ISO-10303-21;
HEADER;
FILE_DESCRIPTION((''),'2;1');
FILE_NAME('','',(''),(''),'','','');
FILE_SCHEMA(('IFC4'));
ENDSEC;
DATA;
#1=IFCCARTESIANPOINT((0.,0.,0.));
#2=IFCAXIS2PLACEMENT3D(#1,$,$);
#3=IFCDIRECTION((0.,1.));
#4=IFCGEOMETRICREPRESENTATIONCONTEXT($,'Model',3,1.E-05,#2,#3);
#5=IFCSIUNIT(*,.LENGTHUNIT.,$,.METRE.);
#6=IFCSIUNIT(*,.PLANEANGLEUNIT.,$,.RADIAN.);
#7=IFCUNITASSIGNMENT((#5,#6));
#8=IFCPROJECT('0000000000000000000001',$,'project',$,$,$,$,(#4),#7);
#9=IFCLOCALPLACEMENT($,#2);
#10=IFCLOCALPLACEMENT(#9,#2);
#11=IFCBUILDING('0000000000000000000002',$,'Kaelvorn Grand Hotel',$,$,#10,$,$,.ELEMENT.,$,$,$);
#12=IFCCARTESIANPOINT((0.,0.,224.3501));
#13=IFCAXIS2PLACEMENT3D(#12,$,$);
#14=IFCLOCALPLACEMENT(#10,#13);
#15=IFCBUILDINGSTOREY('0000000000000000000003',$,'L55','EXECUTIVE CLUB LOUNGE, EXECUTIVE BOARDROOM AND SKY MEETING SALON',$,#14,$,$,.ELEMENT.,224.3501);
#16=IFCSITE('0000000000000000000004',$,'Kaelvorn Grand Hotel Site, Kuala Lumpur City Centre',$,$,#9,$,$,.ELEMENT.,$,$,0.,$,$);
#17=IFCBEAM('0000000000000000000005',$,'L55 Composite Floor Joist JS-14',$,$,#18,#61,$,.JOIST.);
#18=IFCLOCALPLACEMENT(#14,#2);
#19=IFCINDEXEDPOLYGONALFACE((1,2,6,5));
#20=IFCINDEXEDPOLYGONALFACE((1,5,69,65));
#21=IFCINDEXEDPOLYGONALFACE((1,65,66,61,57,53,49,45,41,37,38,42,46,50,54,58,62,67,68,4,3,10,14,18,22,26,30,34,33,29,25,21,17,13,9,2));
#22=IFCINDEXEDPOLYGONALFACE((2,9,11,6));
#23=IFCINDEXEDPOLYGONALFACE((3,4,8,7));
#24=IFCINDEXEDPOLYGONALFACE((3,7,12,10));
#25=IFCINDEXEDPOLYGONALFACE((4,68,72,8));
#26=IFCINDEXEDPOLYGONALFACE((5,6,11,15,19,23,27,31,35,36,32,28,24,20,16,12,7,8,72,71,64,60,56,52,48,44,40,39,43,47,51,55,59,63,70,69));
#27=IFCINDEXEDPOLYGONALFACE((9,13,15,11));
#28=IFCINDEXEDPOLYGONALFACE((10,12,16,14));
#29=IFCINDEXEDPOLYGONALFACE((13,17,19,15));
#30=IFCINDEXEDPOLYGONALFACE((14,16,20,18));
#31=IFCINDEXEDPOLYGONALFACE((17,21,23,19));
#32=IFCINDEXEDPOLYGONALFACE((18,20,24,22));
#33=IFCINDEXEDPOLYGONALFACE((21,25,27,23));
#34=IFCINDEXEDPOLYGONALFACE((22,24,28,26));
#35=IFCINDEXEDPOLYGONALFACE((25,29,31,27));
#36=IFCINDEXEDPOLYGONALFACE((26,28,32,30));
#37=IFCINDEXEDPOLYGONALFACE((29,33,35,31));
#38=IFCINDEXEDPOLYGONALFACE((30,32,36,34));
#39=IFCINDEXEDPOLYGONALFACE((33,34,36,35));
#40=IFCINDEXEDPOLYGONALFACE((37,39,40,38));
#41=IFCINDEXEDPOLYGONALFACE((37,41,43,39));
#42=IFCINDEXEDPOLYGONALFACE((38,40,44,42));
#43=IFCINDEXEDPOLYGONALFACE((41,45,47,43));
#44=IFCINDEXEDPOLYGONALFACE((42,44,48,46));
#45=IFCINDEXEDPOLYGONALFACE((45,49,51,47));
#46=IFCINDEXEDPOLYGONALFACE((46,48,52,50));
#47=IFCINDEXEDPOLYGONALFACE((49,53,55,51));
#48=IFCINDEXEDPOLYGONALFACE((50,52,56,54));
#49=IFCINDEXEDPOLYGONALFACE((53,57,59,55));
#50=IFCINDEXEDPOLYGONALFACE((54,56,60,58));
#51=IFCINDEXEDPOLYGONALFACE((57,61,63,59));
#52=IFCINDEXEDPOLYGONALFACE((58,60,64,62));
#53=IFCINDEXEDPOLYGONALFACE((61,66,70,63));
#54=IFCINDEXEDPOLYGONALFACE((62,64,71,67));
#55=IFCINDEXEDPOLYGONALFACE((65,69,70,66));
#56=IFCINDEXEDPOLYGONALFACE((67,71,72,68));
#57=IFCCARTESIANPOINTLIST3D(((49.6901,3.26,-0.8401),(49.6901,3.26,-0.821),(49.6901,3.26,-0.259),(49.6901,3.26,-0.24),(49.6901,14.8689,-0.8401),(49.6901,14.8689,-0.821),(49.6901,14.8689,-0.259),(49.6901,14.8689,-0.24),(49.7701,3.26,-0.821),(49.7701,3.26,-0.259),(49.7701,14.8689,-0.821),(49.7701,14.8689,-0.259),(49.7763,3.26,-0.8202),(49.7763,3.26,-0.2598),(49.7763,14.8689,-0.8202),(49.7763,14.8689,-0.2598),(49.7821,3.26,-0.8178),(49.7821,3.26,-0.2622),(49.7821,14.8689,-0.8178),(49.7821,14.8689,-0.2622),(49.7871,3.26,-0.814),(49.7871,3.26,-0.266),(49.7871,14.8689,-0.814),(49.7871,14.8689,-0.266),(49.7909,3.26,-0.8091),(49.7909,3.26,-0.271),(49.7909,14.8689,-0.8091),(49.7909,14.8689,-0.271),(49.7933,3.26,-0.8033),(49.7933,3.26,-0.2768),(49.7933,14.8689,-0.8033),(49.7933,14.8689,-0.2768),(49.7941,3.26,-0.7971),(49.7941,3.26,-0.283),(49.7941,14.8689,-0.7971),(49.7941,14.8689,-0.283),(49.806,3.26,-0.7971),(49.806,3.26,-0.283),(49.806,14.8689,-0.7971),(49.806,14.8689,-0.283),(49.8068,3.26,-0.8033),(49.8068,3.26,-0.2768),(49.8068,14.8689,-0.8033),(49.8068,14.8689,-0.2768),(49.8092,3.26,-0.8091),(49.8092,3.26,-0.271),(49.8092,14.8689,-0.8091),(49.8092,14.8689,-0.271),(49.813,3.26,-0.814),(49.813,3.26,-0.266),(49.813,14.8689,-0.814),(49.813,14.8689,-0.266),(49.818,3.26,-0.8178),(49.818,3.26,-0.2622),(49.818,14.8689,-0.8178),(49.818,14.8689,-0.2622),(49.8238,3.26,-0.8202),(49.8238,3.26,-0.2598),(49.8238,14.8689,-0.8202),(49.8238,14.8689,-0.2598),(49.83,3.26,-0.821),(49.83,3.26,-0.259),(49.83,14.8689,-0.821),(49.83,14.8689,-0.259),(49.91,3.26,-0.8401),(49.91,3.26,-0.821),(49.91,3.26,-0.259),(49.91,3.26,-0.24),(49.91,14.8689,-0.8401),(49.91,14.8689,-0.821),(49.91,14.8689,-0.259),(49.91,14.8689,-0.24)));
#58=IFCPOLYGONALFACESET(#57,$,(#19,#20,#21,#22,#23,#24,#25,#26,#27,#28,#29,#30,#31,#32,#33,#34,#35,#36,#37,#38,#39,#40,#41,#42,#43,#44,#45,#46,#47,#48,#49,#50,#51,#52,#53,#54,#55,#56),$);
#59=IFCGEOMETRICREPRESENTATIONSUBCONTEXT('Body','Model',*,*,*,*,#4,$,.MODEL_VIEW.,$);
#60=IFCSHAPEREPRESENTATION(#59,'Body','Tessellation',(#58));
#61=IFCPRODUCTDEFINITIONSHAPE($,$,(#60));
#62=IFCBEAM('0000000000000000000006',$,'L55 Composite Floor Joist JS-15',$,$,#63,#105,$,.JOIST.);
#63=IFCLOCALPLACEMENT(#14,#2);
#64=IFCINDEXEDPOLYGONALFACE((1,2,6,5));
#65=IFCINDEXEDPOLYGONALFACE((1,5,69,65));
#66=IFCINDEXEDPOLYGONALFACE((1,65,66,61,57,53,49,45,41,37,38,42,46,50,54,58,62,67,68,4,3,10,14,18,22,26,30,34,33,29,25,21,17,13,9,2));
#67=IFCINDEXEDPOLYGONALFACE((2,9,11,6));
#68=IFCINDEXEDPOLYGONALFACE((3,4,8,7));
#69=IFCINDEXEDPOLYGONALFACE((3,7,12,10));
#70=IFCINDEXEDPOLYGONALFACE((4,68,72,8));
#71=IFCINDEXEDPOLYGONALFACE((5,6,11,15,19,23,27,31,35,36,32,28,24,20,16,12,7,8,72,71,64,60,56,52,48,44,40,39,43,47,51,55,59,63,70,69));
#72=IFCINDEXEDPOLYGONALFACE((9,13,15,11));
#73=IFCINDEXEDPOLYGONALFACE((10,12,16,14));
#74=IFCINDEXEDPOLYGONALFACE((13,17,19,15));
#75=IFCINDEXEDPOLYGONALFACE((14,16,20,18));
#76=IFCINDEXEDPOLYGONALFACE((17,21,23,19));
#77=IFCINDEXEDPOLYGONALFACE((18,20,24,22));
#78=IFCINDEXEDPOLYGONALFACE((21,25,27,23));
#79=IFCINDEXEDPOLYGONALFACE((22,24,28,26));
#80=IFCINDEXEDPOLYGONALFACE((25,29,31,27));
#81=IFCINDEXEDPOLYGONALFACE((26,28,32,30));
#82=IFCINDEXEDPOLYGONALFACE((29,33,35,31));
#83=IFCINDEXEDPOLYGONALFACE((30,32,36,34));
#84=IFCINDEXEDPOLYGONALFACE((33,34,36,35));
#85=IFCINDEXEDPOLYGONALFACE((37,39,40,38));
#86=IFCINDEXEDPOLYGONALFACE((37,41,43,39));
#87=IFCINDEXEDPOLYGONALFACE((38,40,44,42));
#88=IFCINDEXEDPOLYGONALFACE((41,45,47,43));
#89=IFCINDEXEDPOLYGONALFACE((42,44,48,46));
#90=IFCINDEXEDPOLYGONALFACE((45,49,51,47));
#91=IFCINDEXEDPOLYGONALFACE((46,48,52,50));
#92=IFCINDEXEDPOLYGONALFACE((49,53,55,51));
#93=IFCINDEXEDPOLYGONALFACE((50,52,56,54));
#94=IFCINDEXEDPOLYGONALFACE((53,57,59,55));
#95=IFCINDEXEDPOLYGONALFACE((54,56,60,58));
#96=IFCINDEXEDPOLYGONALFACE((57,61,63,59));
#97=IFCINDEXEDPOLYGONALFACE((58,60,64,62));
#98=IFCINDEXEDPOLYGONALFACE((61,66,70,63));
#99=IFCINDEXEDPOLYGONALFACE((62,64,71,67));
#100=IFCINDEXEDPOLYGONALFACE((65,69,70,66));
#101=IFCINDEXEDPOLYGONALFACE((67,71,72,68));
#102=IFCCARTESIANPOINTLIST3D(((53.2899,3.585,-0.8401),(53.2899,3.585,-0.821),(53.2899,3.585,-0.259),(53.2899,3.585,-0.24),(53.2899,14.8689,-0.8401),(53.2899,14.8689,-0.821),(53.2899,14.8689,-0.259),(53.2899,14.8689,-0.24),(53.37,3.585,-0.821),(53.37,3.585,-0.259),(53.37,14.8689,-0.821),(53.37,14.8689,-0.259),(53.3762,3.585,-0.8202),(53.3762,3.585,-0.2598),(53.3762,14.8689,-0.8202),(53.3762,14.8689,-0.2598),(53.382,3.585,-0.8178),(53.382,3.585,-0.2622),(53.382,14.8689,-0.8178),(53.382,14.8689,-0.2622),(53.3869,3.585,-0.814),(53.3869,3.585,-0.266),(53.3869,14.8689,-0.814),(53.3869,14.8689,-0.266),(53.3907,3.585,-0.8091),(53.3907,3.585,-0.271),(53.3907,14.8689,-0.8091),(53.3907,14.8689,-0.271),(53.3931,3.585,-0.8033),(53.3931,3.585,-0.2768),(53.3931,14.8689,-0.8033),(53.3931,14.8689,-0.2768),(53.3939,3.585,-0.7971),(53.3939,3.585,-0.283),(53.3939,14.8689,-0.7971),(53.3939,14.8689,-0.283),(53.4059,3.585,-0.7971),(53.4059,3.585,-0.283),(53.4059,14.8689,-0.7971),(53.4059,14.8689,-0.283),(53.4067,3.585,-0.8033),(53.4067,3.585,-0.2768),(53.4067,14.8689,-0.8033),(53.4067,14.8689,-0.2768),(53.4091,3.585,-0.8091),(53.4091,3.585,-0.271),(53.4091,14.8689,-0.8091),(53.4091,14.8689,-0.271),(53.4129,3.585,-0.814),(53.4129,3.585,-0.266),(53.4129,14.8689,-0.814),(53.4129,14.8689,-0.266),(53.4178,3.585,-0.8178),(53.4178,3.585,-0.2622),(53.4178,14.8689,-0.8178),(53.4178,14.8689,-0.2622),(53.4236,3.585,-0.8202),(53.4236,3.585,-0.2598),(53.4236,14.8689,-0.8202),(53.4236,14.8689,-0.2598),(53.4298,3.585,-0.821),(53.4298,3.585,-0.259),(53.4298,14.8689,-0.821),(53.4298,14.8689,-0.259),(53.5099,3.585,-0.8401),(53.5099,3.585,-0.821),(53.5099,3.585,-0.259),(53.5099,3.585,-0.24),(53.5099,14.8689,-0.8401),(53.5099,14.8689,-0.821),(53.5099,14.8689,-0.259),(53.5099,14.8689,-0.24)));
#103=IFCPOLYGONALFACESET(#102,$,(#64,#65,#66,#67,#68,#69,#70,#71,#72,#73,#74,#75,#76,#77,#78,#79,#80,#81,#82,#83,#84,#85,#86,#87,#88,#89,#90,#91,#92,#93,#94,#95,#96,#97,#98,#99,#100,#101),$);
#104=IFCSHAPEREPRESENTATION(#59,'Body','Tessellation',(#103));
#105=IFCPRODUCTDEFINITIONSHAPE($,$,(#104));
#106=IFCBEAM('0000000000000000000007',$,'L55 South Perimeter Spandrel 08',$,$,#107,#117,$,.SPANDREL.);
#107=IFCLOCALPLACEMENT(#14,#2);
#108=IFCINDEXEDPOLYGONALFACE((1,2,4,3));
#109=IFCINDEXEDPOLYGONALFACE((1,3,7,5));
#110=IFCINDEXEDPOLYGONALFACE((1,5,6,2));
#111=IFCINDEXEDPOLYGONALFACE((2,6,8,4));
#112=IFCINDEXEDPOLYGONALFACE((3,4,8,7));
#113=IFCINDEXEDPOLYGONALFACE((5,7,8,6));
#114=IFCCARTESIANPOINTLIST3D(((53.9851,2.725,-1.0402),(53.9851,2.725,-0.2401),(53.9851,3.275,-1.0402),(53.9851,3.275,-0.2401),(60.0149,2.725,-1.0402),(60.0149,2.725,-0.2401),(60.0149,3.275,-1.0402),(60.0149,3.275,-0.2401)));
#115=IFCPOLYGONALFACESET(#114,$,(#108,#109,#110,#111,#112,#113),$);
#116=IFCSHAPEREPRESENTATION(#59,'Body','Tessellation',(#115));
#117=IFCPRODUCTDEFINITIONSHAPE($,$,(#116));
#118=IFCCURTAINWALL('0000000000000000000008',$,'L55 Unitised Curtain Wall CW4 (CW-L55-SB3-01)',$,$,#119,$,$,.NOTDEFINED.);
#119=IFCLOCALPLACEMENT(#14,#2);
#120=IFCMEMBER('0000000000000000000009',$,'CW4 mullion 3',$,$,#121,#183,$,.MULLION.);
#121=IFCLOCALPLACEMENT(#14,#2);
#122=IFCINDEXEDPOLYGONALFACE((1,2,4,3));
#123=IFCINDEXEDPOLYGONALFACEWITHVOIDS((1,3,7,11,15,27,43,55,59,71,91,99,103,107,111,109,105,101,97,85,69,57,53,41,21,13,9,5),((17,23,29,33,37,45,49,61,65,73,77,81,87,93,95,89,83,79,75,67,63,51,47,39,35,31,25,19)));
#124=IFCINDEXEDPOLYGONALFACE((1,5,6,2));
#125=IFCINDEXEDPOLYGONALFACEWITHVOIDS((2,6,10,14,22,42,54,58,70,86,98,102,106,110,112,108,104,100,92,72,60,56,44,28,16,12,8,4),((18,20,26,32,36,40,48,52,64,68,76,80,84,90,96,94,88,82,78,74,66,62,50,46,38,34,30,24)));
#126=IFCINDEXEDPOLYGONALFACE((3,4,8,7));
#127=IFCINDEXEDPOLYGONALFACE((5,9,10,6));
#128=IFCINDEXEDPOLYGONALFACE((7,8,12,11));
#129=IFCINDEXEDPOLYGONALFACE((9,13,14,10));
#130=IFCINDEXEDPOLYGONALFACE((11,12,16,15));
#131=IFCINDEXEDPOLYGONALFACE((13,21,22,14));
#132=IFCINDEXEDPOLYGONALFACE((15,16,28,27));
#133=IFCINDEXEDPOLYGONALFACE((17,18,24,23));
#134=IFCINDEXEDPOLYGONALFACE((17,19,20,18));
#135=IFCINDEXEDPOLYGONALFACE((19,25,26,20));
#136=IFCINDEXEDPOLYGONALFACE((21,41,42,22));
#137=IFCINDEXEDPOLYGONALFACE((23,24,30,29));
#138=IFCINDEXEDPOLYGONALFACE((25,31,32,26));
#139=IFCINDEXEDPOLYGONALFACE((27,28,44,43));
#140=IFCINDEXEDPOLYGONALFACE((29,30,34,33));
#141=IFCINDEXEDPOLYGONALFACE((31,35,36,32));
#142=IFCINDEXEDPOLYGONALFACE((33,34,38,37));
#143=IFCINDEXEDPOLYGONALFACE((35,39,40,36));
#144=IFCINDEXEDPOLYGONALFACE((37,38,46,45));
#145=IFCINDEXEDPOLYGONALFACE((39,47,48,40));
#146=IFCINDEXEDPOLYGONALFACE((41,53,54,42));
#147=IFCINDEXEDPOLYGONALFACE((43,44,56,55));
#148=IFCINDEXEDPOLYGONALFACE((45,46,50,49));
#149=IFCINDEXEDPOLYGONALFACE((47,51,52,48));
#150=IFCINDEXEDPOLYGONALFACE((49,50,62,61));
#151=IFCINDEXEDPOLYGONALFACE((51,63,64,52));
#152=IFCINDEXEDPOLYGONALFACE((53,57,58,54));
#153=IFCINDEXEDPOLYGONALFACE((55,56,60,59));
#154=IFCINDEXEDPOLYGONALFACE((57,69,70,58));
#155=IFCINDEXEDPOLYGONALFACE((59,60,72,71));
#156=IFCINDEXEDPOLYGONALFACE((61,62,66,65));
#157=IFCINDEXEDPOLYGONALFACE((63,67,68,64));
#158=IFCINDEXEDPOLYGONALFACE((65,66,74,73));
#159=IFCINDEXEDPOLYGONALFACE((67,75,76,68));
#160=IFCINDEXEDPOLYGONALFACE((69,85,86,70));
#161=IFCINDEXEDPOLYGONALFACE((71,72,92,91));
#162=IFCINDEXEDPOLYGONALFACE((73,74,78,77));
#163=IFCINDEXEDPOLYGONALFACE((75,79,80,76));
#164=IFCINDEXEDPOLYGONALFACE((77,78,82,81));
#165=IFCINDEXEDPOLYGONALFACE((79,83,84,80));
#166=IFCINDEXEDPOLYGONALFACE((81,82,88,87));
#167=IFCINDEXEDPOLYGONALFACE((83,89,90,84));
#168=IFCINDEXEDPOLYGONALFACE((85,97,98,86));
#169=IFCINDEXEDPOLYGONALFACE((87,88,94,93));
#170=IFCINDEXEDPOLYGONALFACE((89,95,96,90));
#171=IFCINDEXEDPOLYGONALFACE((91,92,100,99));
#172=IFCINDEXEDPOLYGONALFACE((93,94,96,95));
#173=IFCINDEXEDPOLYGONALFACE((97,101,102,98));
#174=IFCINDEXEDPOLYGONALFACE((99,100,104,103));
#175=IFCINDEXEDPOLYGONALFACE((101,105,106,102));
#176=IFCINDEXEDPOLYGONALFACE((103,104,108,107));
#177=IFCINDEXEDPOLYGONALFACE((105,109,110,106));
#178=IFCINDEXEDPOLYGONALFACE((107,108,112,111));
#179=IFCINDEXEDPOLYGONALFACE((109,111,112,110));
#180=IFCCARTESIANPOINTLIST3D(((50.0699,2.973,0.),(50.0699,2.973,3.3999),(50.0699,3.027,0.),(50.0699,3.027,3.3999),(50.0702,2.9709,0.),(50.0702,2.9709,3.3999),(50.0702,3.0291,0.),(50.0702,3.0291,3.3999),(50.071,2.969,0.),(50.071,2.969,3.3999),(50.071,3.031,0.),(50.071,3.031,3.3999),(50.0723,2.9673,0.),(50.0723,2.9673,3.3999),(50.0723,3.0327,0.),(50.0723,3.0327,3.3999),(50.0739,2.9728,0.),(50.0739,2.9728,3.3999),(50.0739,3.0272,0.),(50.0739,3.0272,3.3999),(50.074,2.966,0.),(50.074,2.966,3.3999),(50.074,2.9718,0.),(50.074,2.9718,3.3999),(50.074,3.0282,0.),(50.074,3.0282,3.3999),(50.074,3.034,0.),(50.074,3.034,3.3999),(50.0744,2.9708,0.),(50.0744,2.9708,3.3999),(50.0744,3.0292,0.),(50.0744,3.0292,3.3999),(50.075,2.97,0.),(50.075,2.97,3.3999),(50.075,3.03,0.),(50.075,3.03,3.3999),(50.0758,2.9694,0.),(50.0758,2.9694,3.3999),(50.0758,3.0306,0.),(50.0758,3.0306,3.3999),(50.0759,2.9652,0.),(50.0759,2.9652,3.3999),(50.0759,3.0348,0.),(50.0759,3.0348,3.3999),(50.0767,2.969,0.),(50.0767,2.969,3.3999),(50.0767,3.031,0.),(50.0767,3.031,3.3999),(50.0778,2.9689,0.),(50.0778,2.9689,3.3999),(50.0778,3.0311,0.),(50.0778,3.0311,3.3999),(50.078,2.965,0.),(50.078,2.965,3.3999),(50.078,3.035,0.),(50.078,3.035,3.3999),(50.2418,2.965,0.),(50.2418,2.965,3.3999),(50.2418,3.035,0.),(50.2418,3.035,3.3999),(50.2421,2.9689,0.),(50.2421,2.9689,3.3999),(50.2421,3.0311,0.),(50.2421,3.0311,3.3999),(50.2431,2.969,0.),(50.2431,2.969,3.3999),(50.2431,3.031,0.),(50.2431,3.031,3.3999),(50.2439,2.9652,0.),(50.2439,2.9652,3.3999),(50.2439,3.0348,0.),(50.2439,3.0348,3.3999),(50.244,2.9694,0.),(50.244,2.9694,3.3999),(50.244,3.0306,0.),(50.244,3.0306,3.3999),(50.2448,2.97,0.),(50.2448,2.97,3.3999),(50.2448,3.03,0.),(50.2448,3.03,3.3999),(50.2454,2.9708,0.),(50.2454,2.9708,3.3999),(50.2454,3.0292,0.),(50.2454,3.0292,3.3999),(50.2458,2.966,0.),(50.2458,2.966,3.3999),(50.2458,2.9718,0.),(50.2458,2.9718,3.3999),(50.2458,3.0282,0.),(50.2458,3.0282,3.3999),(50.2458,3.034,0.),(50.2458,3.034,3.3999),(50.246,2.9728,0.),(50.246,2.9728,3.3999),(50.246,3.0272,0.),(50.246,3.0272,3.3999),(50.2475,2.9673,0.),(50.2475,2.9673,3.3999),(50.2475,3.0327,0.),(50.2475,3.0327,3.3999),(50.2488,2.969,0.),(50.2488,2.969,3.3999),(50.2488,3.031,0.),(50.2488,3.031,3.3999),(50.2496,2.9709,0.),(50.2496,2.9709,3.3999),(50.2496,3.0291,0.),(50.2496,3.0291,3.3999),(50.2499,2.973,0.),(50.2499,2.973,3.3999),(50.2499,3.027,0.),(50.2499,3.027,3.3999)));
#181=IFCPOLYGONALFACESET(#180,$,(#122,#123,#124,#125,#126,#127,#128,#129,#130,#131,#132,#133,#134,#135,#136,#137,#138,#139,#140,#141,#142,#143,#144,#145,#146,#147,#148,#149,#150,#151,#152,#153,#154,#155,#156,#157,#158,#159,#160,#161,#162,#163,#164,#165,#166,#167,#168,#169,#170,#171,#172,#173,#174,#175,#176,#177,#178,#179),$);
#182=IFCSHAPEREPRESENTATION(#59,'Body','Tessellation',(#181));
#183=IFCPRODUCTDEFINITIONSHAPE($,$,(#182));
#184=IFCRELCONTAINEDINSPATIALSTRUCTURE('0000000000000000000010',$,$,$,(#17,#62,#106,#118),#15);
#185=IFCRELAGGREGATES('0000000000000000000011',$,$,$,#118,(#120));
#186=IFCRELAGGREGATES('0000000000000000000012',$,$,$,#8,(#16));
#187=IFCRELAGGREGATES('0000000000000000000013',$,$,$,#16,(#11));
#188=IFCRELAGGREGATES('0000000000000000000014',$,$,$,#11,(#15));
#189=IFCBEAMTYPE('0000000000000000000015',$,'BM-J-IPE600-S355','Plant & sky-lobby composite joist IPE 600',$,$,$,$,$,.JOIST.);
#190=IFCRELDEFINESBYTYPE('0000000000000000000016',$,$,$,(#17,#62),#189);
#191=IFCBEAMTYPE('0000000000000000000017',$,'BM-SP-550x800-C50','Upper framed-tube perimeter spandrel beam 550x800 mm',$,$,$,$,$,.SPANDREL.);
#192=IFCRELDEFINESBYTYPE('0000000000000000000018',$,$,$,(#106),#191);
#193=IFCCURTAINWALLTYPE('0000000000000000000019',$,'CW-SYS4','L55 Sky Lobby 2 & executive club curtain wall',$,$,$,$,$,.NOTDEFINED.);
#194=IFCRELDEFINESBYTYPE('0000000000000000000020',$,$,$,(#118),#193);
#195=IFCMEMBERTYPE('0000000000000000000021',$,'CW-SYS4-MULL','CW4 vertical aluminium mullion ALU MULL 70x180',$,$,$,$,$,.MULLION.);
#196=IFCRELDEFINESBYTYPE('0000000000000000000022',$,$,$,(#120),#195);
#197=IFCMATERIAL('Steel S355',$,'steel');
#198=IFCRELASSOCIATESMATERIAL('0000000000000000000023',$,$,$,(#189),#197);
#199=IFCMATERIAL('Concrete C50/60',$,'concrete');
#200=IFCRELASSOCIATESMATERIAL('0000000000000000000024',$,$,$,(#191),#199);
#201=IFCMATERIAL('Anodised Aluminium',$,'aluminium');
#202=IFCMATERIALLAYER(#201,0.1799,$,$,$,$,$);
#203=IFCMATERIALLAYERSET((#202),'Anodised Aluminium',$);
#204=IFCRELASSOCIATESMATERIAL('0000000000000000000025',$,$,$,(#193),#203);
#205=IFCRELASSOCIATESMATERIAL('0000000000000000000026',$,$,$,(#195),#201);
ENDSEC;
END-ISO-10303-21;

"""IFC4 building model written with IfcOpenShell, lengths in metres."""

from ifc_helpers import new_model, si_unit, direction, frame, origin, origin_2d, place, context, subcontext, project, spatial, rectangle, hollow_rectangle, i_section, extrude, material, layer, layer_set, material_profile, profile_set, type_object, element, aggregate, save


model = new_model("IFC4")

# Units and contexts
model_context = context("Model", 3, precision=1e-05, world=origin(), true_north=direction((0.0, 1.0)))
body_context = subcontext(model_context, "Body", "Model", "MODEL_VIEW")
ifc_project = project(units=[si_unit("LENGTHUNIT", "METRE"), si_unit("PLANEANGLEUNIT", "RADIAN")], contexts=[model_context])

# Site, building, storey
site_placement = place(None, origin())
site = spatial("IfcSite", under=ifc_project, at=site_placement, Name="Kaelvorn Grand Hotel Site, Kuala Lumpur City Centre", CompositionType="ELEMENT", RefElevation=0.0)
building_placement = place(site_placement, origin())
building = spatial("IfcBuilding", under=site, at=building_placement, Name="Kaelvorn Grand Hotel", CompositionType="ELEMENT")
storey_placement = place(building_placement, frame((0.0, 0.0, 224.3501)))
storey = spatial("IfcBuildingStorey", under=building, at=storey_placement, Name="L55", Description="EXECUTIVE CLUB LOUNGE, EXECUTIVE BOARDROOM AND SKY MEETING SALON", CompositionType="ELEMENT", Elevation=224.3501)

# Beams
ifc_material_1 = material(Name="Steel S355", Category="steel")
ifc_material_profile_1 = material_profile(ifc_material_1, i_section(OverallWidth=0.22, OverallDepth=0.6001, WebThickness=0.012, FlangeThickness=0.019, FilletRadius=0.0239, at=origin_2d()), Name="IPE 600")
ifc_profile_set_1 = profile_set([ifc_material_profile_1], Name="Steel S355")
beam_type_1 = type_object("IfcBeamType", Name="BM-J-IPE600-S355", Description="Plant & sky-lobby composite joist IPE 600", PredefinedType="JOIST", material=ifc_profile_set_1)
beam_1_placement = place(storey_placement, frame((49.8, 3.26, -0.54), z_axis=(0.0, 1.0, 0.0), x_axis=(-1.0, 0.0, 0.0)))
element("IfcBeam", 1, at=beam_1_placement, inside=storey, type_object=beam_type_1, Name="L55 Composite Floor Joist JS-14", PredefinedType="JOIST", context=body_context, shape_type="SweptSolid", body=[
    extrude(i_section(OverallWidth=0.22, OverallDepth=0.6001, WebThickness=0.012, FlangeThickness=0.019, FilletRadius=0.0239, at=origin_2d()), origin(), (0.0, 0.0, 1.0), 11.6089),
])
beam_2_placement = place(storey_placement, frame((53.3999, 3.585, -0.54), z_axis=(0.0, 1.0, 0.0), x_axis=(-1.0, 0.0, 0.0)))
element("IfcBeam", 2, at=beam_2_placement, inside=storey, type_object=beam_type_1, Name="L55 Composite Floor Joist JS-15", PredefinedType="JOIST", context=body_context, shape_type="SweptSolid", body=[
    extrude(i_section(OverallWidth=0.22, OverallDepth=0.6001, WebThickness=0.012, FlangeThickness=0.019, FilletRadius=0.0239, at=origin_2d()), origin(), (0.0, 0.0, 1.0), 11.2839),
])
ifc_material_2 = material(Name="Concrete C50/60", Category="concrete")
ifc_material_profile_2 = material_profile(ifc_material_2, rectangle(XDim=0.55, YDim=0.8, at=origin_2d()), Name="RC SPANDREL 550x800")
ifc_profile_set_2 = profile_set([ifc_material_profile_2], Name="Concrete C50/60")
beam_type_2 = type_object("IfcBeamType", Name="BM-SP-550x800-C50", Description="Upper framed-tube perimeter spandrel beam 550x800 mm", PredefinedType="SPANDREL", material=ifc_profile_set_2)
beam_3_placement = place(storey_placement, frame((53.9851, 3.0, -0.6401), z_axis=(1.0, 0.0, 0.0), x_axis=(0.0, 1.0, 0.0)))
element("IfcBeam", 3, at=beam_3_placement, inside=storey, type_object=beam_type_2, Name="L55 South Perimeter Spandrel 08", PredefinedType="SPANDREL", context=body_context, shape_type="SweptSolid", body=[
    extrude(rectangle(XDim=0.55, YDim=0.8, at=origin_2d()), origin(), (0.0, 0.0, 1.0), 6.0298),
])

# Curtain wall, member
ifc_material_3 = material(Name="Anodised Aluminium", Category="aluminium")
ifc_layer_1 = layer(ifc_material_3, 0.1799)
ifc_layer_set_1 = layer_set([ifc_layer_1], Name="Anodised Aluminium")
curtain_wall_type = type_object("IfcCurtainWallType", Name="CW-SYS4", Description="L55 Sky Lobby 2 & executive club curtain wall", PredefinedType="NOTDEFINED", material=ifc_layer_set_1)
curtain_wall_placement = place(storey_placement, origin())
curtain_wall = element("IfcCurtainWall", 4, at=curtain_wall_placement, inside=storey, type_object=curtain_wall_type, Name="L55 Unitised Curtain Wall CW4 (CW-L55-SB3-01)", PredefinedType="NOTDEFINED")
ifc_material_profile_3 = material_profile(ifc_material_3, hollow_rectangle(XDim=0.0701, YDim=0.1799, WallThickness=0.0039, InnerFilletRadius=0.0039, OuterFilletRadius=0.0081, at=origin_2d()), Name="ALU MULL 70x180")
ifc_profile_set_3 = profile_set([ifc_material_profile_3], Name="Anodised Aluminium")
member_type_1 = type_object("IfcMemberType", Name="CW-SYS4-MULL", Description="CW4 vertical aluminium mullion ALU MULL 70x180", PredefinedType="MULLION", material=ifc_profile_set_3)
member_1_placement = place(storey_placement, frame((50.1599, 3.0, 0.0), z_axis=(0.0, 0.0, 1.0), x_axis=(0.0, 1.0, 0.0)))
member_1 = element("IfcMember", 5, at=member_1_placement, type_object=member_type_1, Name="CW4 mullion 3", PredefinedType="MULLION", context=body_context, shape_type="SweptSolid", body=[
    extrude(hollow_rectangle(XDim=0.0701, YDim=0.1799, WallThickness=0.0039, InnerFilletRadius=0.0039, OuterFilletRadius=0.0081, at=origin_2d()), origin(), (0.0, 0.0, 1.0), 3.3999),
])
aggregate(curtain_wall, [member_1])

save(model, "model.ifc")
